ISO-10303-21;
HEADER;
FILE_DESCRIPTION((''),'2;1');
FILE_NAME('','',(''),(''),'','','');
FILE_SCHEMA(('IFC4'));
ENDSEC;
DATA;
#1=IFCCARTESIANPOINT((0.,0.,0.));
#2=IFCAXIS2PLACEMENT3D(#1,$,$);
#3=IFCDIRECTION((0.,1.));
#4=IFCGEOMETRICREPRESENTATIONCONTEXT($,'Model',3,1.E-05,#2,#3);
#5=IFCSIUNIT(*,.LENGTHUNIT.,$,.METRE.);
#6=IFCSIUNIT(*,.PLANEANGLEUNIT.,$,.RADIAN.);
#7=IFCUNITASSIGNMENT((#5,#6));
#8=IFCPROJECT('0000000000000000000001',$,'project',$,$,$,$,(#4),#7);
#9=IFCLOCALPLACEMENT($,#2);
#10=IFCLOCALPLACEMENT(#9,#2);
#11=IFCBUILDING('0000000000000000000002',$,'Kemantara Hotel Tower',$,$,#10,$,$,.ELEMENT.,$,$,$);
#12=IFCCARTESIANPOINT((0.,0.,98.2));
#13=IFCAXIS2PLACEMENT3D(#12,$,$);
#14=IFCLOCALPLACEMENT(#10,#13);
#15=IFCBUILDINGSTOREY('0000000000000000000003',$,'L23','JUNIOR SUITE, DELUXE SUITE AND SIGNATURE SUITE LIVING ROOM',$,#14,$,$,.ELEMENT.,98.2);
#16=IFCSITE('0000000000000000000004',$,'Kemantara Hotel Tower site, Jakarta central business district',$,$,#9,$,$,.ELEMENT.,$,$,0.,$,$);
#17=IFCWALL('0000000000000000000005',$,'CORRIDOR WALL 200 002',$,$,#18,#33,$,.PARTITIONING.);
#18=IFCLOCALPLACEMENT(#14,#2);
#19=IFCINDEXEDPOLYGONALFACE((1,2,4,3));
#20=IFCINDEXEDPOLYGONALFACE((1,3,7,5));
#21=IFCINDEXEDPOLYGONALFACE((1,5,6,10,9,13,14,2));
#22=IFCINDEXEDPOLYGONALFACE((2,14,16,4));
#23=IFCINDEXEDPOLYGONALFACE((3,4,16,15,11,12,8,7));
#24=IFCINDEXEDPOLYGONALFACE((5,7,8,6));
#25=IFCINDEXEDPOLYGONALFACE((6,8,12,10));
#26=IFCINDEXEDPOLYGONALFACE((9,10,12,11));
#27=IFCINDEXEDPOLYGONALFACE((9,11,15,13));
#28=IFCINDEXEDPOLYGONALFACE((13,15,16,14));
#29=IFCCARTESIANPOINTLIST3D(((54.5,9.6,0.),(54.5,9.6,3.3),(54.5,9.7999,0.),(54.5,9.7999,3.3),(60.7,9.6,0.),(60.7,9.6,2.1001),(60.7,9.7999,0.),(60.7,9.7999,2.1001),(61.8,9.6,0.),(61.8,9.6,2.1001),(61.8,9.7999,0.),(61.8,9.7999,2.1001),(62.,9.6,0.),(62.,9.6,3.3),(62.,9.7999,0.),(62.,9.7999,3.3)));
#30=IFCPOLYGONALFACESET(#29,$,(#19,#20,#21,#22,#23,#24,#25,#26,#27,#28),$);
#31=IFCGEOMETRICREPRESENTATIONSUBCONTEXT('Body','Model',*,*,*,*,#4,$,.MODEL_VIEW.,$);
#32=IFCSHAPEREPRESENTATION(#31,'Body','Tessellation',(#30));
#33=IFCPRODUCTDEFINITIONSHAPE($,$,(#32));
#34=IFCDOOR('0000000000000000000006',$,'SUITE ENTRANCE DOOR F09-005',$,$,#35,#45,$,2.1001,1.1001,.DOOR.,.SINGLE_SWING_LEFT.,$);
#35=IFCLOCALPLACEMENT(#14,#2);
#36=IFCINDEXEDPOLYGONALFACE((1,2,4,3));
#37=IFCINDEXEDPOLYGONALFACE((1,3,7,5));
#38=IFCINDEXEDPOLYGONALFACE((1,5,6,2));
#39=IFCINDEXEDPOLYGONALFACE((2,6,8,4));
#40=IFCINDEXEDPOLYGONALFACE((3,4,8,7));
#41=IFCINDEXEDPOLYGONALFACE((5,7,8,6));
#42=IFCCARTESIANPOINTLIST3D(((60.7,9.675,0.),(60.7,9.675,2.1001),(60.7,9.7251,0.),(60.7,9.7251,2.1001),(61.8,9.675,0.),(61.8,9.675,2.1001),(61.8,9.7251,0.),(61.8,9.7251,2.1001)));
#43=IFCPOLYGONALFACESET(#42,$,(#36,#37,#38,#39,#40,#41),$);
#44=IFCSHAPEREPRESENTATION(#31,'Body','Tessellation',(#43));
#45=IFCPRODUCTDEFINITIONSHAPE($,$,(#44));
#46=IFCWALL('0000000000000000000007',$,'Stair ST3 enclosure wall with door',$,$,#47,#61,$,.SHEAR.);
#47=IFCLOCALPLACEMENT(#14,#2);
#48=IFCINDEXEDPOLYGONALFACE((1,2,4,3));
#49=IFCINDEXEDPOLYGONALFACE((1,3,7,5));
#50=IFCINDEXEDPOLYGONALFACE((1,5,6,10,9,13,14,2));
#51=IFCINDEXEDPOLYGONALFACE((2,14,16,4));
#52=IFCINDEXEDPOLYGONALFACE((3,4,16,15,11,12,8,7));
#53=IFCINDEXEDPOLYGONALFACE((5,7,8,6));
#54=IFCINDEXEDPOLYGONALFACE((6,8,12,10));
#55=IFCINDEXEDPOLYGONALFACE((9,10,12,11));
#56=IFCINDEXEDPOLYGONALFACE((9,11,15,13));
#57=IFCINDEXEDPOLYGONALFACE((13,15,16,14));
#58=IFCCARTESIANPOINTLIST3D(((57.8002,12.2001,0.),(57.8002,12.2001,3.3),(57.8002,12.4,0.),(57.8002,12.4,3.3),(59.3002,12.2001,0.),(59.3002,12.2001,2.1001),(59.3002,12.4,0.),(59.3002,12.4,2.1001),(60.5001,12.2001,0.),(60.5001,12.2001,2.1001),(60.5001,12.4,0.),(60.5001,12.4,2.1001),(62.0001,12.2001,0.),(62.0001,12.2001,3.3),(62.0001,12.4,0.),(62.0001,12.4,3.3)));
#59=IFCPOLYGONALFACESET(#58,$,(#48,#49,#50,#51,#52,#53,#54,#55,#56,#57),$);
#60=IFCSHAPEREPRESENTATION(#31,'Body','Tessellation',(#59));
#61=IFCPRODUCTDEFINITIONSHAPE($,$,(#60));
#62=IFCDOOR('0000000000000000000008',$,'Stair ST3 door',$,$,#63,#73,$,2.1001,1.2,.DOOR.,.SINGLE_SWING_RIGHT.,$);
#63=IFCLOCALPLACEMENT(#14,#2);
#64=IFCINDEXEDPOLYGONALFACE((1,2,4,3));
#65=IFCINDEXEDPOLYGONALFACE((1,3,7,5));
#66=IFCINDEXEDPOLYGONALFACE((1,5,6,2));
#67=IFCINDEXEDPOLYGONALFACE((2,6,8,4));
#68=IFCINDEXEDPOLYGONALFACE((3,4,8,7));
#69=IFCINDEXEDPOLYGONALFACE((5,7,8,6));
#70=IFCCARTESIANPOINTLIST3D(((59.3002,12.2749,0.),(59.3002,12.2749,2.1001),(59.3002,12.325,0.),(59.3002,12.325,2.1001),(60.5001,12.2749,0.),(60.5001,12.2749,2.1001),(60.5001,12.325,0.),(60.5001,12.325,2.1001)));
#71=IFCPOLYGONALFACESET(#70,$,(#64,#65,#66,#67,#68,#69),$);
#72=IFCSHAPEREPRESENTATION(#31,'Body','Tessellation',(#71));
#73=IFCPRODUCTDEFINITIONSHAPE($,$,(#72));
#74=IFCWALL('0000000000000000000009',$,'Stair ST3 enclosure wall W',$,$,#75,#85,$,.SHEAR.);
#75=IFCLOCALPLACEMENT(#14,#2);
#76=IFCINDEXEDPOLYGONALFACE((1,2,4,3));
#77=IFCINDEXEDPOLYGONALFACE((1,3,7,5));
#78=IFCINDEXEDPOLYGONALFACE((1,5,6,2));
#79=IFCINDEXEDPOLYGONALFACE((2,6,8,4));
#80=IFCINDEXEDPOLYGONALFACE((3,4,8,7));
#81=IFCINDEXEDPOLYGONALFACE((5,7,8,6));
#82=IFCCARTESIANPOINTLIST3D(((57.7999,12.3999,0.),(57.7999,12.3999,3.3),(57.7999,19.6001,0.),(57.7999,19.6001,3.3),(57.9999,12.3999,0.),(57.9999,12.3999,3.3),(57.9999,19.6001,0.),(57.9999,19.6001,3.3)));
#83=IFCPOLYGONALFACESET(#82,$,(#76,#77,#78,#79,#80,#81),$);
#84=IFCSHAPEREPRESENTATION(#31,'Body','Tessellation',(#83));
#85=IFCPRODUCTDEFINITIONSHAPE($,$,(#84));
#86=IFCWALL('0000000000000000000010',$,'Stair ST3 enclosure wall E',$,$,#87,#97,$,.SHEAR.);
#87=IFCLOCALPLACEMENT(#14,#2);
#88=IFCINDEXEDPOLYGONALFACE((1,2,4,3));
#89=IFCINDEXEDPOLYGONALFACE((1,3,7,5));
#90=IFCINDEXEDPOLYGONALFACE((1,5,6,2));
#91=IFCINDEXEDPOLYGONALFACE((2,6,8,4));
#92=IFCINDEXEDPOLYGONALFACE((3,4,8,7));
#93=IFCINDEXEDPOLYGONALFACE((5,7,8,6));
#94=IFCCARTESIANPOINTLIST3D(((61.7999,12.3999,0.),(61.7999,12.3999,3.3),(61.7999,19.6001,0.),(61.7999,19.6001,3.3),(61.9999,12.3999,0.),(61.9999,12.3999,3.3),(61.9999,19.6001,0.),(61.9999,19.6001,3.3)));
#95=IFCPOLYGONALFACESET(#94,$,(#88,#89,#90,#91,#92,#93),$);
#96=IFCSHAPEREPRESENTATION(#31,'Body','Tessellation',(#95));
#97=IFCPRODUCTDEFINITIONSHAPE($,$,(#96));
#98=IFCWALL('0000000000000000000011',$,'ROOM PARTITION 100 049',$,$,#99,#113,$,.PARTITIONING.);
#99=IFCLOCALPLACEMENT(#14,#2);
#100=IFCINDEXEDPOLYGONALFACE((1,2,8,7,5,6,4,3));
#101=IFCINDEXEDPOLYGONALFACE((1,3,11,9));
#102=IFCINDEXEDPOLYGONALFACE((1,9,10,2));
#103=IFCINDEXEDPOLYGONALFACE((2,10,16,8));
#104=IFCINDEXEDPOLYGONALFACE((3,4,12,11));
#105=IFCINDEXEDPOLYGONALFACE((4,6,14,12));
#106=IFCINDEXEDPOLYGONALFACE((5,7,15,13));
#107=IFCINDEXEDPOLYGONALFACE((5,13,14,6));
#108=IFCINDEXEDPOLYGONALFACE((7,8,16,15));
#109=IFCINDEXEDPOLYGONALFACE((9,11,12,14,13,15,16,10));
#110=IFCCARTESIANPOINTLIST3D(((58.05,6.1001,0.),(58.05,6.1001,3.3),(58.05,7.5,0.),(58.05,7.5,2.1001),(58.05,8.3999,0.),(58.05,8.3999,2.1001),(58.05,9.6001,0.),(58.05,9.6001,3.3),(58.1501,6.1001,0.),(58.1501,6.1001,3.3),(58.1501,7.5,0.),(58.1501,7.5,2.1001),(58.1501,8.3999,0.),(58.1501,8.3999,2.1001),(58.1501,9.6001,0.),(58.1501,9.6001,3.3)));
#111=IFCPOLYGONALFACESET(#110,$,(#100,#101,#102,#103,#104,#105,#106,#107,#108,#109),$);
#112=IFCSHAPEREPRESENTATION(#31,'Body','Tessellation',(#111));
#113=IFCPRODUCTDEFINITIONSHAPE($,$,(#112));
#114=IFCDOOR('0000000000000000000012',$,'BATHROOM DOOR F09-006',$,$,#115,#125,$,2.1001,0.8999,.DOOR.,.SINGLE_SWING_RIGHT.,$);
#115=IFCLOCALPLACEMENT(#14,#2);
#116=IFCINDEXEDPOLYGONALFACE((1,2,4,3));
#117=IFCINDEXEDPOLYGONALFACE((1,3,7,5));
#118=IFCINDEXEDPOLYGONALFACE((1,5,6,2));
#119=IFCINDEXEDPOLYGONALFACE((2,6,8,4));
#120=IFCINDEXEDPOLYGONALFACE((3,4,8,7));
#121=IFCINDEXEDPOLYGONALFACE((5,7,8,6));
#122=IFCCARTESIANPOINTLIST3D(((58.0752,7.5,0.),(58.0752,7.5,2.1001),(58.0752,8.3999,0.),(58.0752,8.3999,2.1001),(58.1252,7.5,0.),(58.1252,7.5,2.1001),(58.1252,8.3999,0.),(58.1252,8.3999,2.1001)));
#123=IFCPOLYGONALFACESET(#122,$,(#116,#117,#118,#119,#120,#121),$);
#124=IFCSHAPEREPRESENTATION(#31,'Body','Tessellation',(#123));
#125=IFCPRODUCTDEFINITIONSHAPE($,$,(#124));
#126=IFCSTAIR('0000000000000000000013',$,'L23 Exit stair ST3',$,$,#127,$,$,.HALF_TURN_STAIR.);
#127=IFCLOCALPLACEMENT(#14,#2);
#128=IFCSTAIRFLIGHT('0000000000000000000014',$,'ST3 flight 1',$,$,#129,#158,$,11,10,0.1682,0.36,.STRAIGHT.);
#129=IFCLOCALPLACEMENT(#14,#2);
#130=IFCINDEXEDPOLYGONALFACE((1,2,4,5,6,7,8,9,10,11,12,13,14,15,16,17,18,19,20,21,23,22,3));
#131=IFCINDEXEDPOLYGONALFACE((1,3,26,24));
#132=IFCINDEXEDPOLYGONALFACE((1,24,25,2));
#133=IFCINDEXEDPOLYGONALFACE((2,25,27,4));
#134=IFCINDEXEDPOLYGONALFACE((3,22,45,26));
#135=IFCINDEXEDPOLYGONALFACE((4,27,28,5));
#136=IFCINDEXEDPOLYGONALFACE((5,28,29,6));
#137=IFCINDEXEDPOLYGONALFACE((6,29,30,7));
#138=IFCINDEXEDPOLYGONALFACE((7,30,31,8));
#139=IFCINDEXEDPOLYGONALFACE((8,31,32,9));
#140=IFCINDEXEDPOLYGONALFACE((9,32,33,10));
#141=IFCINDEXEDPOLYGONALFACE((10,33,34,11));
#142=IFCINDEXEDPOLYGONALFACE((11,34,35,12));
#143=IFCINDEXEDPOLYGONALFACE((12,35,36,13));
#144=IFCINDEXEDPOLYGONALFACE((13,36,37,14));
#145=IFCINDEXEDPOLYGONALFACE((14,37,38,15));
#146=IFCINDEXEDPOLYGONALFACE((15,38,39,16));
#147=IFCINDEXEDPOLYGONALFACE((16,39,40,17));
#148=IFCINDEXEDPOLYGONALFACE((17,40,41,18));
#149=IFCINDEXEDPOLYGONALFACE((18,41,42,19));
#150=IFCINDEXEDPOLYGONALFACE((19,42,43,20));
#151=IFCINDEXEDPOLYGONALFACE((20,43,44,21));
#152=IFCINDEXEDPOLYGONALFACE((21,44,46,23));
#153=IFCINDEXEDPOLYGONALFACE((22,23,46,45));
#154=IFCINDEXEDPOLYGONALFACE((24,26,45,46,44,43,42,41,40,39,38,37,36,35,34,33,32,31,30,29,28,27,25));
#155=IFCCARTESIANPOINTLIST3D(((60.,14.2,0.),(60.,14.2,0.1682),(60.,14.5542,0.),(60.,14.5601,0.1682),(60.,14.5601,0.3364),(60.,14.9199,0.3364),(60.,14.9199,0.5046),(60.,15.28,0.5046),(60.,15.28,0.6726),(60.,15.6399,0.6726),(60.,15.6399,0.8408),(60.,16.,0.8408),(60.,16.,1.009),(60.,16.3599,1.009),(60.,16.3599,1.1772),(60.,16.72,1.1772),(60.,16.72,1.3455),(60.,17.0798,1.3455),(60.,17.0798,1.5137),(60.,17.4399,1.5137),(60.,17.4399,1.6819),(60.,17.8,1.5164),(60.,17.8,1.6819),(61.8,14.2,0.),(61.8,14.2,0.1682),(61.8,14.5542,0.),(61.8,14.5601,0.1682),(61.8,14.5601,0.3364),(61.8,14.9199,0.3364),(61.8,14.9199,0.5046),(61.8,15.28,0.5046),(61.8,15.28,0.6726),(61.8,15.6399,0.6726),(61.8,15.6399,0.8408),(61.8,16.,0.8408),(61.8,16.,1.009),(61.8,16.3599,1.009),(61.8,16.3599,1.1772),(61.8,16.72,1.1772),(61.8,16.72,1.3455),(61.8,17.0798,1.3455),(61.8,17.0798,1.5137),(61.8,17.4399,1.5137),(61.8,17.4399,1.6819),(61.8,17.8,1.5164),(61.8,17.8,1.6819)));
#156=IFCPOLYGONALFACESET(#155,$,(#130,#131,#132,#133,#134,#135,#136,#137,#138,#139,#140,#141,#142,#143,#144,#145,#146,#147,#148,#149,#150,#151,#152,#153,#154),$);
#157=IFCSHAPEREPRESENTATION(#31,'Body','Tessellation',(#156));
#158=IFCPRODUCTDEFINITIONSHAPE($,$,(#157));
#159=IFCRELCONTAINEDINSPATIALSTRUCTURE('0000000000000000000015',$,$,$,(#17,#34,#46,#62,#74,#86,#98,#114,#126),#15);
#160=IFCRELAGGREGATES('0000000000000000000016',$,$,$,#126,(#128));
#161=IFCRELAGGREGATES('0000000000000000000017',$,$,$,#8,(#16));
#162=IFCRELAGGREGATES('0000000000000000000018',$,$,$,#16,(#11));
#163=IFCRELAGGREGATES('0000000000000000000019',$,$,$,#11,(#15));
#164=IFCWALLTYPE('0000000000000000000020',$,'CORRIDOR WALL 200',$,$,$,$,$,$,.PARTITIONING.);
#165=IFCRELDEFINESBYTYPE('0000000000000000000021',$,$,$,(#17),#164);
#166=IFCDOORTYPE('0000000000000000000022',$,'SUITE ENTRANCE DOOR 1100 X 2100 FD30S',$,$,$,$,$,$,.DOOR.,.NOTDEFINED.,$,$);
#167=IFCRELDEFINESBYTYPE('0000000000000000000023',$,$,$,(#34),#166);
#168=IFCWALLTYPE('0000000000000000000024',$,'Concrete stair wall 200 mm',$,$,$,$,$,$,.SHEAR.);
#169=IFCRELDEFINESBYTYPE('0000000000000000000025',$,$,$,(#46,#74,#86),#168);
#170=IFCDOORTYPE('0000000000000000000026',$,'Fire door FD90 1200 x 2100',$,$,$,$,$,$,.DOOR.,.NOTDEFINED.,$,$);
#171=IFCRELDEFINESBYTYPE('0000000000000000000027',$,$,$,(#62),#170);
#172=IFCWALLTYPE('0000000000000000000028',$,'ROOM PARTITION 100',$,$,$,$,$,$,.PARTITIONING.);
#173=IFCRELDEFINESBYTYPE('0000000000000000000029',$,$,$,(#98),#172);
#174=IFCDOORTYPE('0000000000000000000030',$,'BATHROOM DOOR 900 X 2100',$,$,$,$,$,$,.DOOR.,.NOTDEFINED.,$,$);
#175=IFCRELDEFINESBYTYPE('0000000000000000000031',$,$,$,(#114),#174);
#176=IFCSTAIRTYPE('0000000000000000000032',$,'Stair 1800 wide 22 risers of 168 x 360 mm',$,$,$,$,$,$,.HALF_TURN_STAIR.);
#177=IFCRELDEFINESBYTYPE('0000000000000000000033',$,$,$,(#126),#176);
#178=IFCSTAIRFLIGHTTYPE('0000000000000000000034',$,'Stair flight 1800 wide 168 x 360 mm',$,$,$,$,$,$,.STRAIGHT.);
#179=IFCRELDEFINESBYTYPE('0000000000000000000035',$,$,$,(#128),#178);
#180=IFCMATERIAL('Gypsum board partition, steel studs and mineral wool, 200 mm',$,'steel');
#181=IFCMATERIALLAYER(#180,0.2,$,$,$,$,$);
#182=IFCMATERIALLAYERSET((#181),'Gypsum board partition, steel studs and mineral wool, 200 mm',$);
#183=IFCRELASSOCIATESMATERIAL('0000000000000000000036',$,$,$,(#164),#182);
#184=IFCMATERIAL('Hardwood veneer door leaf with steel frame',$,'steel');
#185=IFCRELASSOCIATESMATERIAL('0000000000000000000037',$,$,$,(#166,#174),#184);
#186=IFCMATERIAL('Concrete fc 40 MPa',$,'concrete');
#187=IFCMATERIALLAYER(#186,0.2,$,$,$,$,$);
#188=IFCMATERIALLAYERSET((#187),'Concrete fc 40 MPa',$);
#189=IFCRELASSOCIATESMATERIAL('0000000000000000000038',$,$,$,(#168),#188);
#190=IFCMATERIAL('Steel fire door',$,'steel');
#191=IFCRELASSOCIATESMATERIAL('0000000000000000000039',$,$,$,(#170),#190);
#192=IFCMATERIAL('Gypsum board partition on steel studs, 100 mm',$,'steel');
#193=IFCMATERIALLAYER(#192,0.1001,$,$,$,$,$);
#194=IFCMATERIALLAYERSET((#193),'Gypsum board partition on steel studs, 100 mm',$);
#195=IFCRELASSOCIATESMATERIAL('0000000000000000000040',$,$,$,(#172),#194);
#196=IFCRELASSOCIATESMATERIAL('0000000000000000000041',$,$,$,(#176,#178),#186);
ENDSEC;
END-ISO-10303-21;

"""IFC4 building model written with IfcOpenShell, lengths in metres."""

from ifc_helpers import new_model, si_unit, direction, frame, frame_2d, origin, place, context, subcontext, project, spatial, polyline, rectangle, outline, extrude, material, layer, layer_set, type_object, element, fill, aggregate, save


model = new_model("IFC4")

# Units and contexts
model_context = context("Model", 3, precision=1e-05, world=origin(), true_north=direction((0.0, 1.0)))
body_context = subcontext(model_context, "Body", "Model", "MODEL_VIEW")
ifc_project = project(units=[si_unit("LENGTHUNIT", "METRE"), si_unit("PLANEANGLEUNIT", "RADIAN")], contexts=[model_context])

# Site, building, storey
site_placement = place(None, origin())
site = spatial("IfcSite", under=ifc_project, at=site_placement, Name="Kemantara Hotel Tower site, Jakarta central business district", CompositionType="ELEMENT", RefElevation=0.0)
building_placement = place(site_placement, origin())
building = spatial("IfcBuilding", under=site, at=building_placement, Name="Kemantara Hotel Tower", CompositionType="ELEMENT")
storey_placement = place(building_placement, frame((0.0, 0.0, 98.2)))
storey = spatial("IfcBuildingStorey", under=building, at=storey_placement, Name="L23", Description="JUNIOR SUITE, DELUXE SUITE AND SIGNATURE SUITE LIVING ROOM", CompositionType="ELEMENT", Elevation=98.2)

# Walls, openings, doors
ifc_material_1 = material(Name="Gypsum board partition, steel studs and mineral wool, 200 mm", Category="steel")
ifc_layer_1 = layer(ifc_material_1, 0.2)
ifc_layer_set_1 = layer_set([ifc_layer_1], Name="Gypsum board partition, steel studs and mineral wool, 200 mm")
wall_type_1 = type_object("IfcWallType", Name="CORRIDOR WALL 200", PredefinedType="PARTITIONING", material=ifc_layer_set_1)
wall_1_placement = place(storey_placement, frame((62.0, 9.7, 0.0), z_axis=(0.0, 0.0, 1.0), x_axis=(-1.0, 0.0, 0.0)))
wall_1 = element("IfcWall", 1, at=wall_1_placement, inside=storey, type_object=wall_type_1, Name="CORRIDOR WALL 200 002", PredefinedType="PARTITIONING", context=body_context, shape_type="SweptSolid", body=[
    extrude(rectangle(XDim=7.5, YDim=0.2, at=frame_2d((3.75, 0.0))), origin(), (0.0, 0.0, 1.0), 3.3),
])
opening_1_placement = place(wall_1_placement, frame((0.2, 0.0, 0.0)))
opening_1 = element("IfcOpeningElement", 2, at=opening_1_placement, cuts=wall_1, PredefinedType="OPENING", context=body_context, shape_type="SweptSolid", body=[
    extrude(rectangle(XDim=1.1001, YDim=2.1001, at=frame_2d((0.55, 1.05))), frame((0.0, 0.1099, 0.0), z_axis=(0.0, -1.0, 0.0), x_axis=(1.0, 0.0, 0.0)), (0.0, 0.0, 1.0), 0.22),
])
ifc_material_2 = material(Name="Hardwood veneer door leaf with steel frame", Category="steel")
door_type_1 = type_object("IfcDoorType", Name="SUITE ENTRANCE DOOR 1100 X 2100 FD30S", OperationType="NOTDEFINED", PredefinedType="DOOR", material=ifc_material_2)
door_1_placement = place(opening_1_placement, origin())
door_1 = element("IfcDoor", 3, at=door_1_placement, inside=storey, type_object=door_type_1, Name="SUITE ENTRANCE DOOR F09-005", OperationType="SINGLE_SWING_LEFT", OverallHeight=2.1001, OverallWidth=1.1001, PredefinedType="DOOR", context=body_context, shape_type="SweptSolid", body=[
    extrude(rectangle(XDim=1.1001, YDim=2.1001, at=frame_2d((0.55, 1.05))), frame((0.0, 0.0249, 0.0), z_axis=(0.0, -1.0, 0.0), x_axis=(1.0, 0.0, 0.0)), (0.0, 0.0, 1.0), 0.05),
])
fill(opening_1, door_1)
ifc_material_3 = material(Name="Concrete fc 40 MPa", Category="concrete")
ifc_layer_2 = layer(ifc_material_3, 0.2)
ifc_layer_set_2 = layer_set([ifc_layer_2], Name="Concrete fc 40 MPa")
wall_type_2 = type_object("IfcWallType", Name="Concrete stair wall 200 mm", PredefinedType="SHEAR", material=ifc_layer_set_2)
wall_2_placement = place(storey_placement, frame((57.8, 12.3, 0.0), z_axis=(0.0, 0.0, 1.0), x_axis=(1.0, 0.0, 0.0)))
wall_2 = element("IfcWall", 4, at=wall_2_placement, inside=storey, type_object=wall_type_2, Name="Stair ST3 enclosure wall with door", PredefinedType="SHEAR", context=body_context, shape_type="SweptSolid", body=[
    extrude(rectangle(XDim=4.2, YDim=0.2, at=frame_2d((2.1001, 0.0))), origin(), (0.0, 0.0, 1.0), 3.3),
])
opening_2_placement = place(wall_2_placement, frame((1.5, 0.0, 0.0)))
opening_2 = element("IfcOpeningElement", 5, at=opening_2_placement, cuts=wall_2, PredefinedType="OPENING", context=body_context, shape_type="SweptSolid", body=[
    extrude(rectangle(XDim=1.2, YDim=2.1001, at=frame_2d((0.6001, 1.05))), frame((0.0, 0.1099, 0.0), z_axis=(0.0, -1.0, 0.0), x_axis=(1.0, 0.0, 0.0)), (0.0, 0.0, 1.0), 0.22),
])
ifc_material_4 = material(Name="Steel fire door", Category="steel")
door_type_2 = type_object("IfcDoorType", Name="Fire door FD90 1200 x 2100", OperationType="NOTDEFINED", PredefinedType="DOOR", material=ifc_material_4)
door_2_placement = place(opening_2_placement, origin())
door_2 = element("IfcDoor", 6, at=door_2_placement, inside=storey, type_object=door_type_2, Name="Stair ST3 door", OperationType="SINGLE_SWING_RIGHT", OverallHeight=2.1001, OverallWidth=1.2, PredefinedType="DOOR", context=body_context, shape_type="SweptSolid", body=[
    extrude(rectangle(XDim=1.2, YDim=2.1001, at=frame_2d((0.6001, 1.05))), frame((0.0, 0.0249, 0.0), z_axis=(0.0, -1.0, 0.0), x_axis=(1.0, 0.0, 0.0)), (0.0, 0.0, 1.0), 0.05),
])
fill(opening_2, door_2)

# Walls
for number, where, z_axis, x_axis, name in (
    (7, (57.8999, 12.3999, 0.0), (0.0, 0.0, 1.0), (0.0, 1.0, 0.0), "Stair ST3 enclosure wall W"),
    (8, (61.8999, 12.3999, 0.0), (0.0, 0.0, 1.0), (0.0, 1.0, 0.0), "Stair ST3 enclosure wall E"),
):
    element("IfcWall", number, at=place(storey_placement, frame(where, z_axis=z_axis, x_axis=x_axis)), inside=storey, type_object=wall_type_2, Name=name, PredefinedType="SHEAR", context=body_context, shape_type="SweptSolid", body=[
        extrude(rectangle(XDim=7.2002, YDim=0.2, at=frame_2d((3.6001, 0.0))), origin(), (0.0, 0.0, 1.0), 3.3),
    ])

# Wall, opening, door
ifc_material_5 = material(Name="Gypsum board partition on steel studs, 100 mm", Category="steel")
ifc_layer_3 = layer(ifc_material_5, 0.1001)
ifc_layer_set_3 = layer_set([ifc_layer_3], Name="Gypsum board partition on steel studs, 100 mm")
wall_type_3 = type_object("IfcWallType", Name="ROOM PARTITION 100", PredefinedType="PARTITIONING", material=ifc_layer_set_3)
wall_3_placement = place(storey_placement, frame((58.1001, 6.1001, 0.0), z_axis=(0.0, 0.0, 1.0), x_axis=(0.0, 1.0, 0.0)))
wall_3 = element("IfcWall", 9, at=wall_3_placement, inside=storey, type_object=wall_type_3, Name="ROOM PARTITION 100 049", PredefinedType="PARTITIONING", context=body_context, shape_type="SweptSolid", body=[
    extrude(rectangle(XDim=3.5, YDim=0.1001, at=frame_2d((1.75, 0.0))), origin(), (0.0, 0.0, 1.0), 3.3),
])
opening_3_placement = place(wall_3_placement, frame((1.3999, 0.0, 0.0)))
opening_3 = element("IfcOpeningElement", 10, at=opening_3_placement, cuts=wall_3, PredefinedType="OPENING", context=body_context, shape_type="SweptSolid", body=[
    extrude(rectangle(XDim=0.8999, YDim=2.1001, at=frame_2d((0.45, 1.05))), frame((0.0, 0.0601, 0.0), z_axis=(0.0, -1.0, 0.0), x_axis=(1.0, 0.0, 0.0)), (0.0, 0.0, 1.0), 0.1201),
])
door_type_3 = type_object("IfcDoorType", Name="BATHROOM DOOR 900 X 2100", OperationType="NOTDEFINED", PredefinedType="DOOR", material=ifc_material_2)
door_3_placement = place(opening_3_placement, origin())
door_3 = element("IfcDoor", 11, at=door_3_placement, inside=storey, type_object=door_type_3, Name="BATHROOM DOOR F09-006", OperationType="SINGLE_SWING_RIGHT", OverallHeight=2.1001, OverallWidth=0.8999, PredefinedType="DOOR", context=body_context, shape_type="SweptSolid", body=[
    extrude(rectangle(XDim=0.8999, YDim=2.1001, at=frame_2d((0.45, 1.05))), frame((0.0, 0.0249, 0.0), z_axis=(0.0, -1.0, 0.0), x_axis=(1.0, 0.0, 0.0)), (0.0, 0.0, 1.0), 0.05),
])
fill(opening_3, door_3)

# Stair, stair flight
stair_type = type_object("IfcStairType", Name="Stair 1800 wide 22 risers of 168 x 360 mm", PredefinedType="HALF_TURN_STAIR", material=ifc_material_3)
stair_placement = place(storey_placement, origin())
stair = element("IfcStair", 12, at=stair_placement, inside=storey, type_object=stair_type, Name="L23 Exit stair ST3", PredefinedType="HALF_TURN_STAIR")
stair_flight_type = type_object("IfcStairFlightType", Name="Stair flight 1800 wide 168 x 360 mm", PredefinedType="STRAIGHT", material=ifc_material_3)
stair_flight_placement = place(storey_placement, frame((60.8999, 14.2, 0.0), z_axis=(0.0, 0.0, 1.0), x_axis=(0.0, 1.0, 0.0)))
stair_flight = element("IfcStairFlight", 13, at=stair_flight_placement, type_object=stair_flight_type, Name="ST3 flight 1", NumberOfRisers=11, NumberOfTreads=10, PredefinedType="STRAIGHT", RiserHeight=0.1682, TreadLength=0.36, context=body_context, shape_type="SweptSolid", body=[
    extrude(outline(polyline([(0.0, 0.0), (0.0, 0.1682), (0.3601, 0.1682), (0.3601, 0.3364), (0.72, 0.3364), (0.72, 0.5046), (1.0801, 0.5046), (1.0801, 0.6726), (1.4399, 0.6726), (1.4399, 0.8408), (1.8, 0.8408), (1.8, 1.009), (2.1599, 1.009), (2.1599, 1.1772), (2.52, 1.1772), (2.52, 1.3455), (2.8799, 1.3455), (2.8799, 1.5137), (3.24, 1.5137), (3.24, 1.6819), (3.6001, 1.6819), (3.6001, 1.8501), (3.6001, 1.5164), (0.3542, 0.0), (0.0, 0.0)])), frame((0.0, 0.8999, 0.0), z_axis=(0.0, -1.0, 0.0), x_axis=(1.0, 0.0, 0.0)), (0.0, 0.0, 1.0), 1.8),
])
aggregate(stair, [stair_flight])

save(model, "model.ifc")
